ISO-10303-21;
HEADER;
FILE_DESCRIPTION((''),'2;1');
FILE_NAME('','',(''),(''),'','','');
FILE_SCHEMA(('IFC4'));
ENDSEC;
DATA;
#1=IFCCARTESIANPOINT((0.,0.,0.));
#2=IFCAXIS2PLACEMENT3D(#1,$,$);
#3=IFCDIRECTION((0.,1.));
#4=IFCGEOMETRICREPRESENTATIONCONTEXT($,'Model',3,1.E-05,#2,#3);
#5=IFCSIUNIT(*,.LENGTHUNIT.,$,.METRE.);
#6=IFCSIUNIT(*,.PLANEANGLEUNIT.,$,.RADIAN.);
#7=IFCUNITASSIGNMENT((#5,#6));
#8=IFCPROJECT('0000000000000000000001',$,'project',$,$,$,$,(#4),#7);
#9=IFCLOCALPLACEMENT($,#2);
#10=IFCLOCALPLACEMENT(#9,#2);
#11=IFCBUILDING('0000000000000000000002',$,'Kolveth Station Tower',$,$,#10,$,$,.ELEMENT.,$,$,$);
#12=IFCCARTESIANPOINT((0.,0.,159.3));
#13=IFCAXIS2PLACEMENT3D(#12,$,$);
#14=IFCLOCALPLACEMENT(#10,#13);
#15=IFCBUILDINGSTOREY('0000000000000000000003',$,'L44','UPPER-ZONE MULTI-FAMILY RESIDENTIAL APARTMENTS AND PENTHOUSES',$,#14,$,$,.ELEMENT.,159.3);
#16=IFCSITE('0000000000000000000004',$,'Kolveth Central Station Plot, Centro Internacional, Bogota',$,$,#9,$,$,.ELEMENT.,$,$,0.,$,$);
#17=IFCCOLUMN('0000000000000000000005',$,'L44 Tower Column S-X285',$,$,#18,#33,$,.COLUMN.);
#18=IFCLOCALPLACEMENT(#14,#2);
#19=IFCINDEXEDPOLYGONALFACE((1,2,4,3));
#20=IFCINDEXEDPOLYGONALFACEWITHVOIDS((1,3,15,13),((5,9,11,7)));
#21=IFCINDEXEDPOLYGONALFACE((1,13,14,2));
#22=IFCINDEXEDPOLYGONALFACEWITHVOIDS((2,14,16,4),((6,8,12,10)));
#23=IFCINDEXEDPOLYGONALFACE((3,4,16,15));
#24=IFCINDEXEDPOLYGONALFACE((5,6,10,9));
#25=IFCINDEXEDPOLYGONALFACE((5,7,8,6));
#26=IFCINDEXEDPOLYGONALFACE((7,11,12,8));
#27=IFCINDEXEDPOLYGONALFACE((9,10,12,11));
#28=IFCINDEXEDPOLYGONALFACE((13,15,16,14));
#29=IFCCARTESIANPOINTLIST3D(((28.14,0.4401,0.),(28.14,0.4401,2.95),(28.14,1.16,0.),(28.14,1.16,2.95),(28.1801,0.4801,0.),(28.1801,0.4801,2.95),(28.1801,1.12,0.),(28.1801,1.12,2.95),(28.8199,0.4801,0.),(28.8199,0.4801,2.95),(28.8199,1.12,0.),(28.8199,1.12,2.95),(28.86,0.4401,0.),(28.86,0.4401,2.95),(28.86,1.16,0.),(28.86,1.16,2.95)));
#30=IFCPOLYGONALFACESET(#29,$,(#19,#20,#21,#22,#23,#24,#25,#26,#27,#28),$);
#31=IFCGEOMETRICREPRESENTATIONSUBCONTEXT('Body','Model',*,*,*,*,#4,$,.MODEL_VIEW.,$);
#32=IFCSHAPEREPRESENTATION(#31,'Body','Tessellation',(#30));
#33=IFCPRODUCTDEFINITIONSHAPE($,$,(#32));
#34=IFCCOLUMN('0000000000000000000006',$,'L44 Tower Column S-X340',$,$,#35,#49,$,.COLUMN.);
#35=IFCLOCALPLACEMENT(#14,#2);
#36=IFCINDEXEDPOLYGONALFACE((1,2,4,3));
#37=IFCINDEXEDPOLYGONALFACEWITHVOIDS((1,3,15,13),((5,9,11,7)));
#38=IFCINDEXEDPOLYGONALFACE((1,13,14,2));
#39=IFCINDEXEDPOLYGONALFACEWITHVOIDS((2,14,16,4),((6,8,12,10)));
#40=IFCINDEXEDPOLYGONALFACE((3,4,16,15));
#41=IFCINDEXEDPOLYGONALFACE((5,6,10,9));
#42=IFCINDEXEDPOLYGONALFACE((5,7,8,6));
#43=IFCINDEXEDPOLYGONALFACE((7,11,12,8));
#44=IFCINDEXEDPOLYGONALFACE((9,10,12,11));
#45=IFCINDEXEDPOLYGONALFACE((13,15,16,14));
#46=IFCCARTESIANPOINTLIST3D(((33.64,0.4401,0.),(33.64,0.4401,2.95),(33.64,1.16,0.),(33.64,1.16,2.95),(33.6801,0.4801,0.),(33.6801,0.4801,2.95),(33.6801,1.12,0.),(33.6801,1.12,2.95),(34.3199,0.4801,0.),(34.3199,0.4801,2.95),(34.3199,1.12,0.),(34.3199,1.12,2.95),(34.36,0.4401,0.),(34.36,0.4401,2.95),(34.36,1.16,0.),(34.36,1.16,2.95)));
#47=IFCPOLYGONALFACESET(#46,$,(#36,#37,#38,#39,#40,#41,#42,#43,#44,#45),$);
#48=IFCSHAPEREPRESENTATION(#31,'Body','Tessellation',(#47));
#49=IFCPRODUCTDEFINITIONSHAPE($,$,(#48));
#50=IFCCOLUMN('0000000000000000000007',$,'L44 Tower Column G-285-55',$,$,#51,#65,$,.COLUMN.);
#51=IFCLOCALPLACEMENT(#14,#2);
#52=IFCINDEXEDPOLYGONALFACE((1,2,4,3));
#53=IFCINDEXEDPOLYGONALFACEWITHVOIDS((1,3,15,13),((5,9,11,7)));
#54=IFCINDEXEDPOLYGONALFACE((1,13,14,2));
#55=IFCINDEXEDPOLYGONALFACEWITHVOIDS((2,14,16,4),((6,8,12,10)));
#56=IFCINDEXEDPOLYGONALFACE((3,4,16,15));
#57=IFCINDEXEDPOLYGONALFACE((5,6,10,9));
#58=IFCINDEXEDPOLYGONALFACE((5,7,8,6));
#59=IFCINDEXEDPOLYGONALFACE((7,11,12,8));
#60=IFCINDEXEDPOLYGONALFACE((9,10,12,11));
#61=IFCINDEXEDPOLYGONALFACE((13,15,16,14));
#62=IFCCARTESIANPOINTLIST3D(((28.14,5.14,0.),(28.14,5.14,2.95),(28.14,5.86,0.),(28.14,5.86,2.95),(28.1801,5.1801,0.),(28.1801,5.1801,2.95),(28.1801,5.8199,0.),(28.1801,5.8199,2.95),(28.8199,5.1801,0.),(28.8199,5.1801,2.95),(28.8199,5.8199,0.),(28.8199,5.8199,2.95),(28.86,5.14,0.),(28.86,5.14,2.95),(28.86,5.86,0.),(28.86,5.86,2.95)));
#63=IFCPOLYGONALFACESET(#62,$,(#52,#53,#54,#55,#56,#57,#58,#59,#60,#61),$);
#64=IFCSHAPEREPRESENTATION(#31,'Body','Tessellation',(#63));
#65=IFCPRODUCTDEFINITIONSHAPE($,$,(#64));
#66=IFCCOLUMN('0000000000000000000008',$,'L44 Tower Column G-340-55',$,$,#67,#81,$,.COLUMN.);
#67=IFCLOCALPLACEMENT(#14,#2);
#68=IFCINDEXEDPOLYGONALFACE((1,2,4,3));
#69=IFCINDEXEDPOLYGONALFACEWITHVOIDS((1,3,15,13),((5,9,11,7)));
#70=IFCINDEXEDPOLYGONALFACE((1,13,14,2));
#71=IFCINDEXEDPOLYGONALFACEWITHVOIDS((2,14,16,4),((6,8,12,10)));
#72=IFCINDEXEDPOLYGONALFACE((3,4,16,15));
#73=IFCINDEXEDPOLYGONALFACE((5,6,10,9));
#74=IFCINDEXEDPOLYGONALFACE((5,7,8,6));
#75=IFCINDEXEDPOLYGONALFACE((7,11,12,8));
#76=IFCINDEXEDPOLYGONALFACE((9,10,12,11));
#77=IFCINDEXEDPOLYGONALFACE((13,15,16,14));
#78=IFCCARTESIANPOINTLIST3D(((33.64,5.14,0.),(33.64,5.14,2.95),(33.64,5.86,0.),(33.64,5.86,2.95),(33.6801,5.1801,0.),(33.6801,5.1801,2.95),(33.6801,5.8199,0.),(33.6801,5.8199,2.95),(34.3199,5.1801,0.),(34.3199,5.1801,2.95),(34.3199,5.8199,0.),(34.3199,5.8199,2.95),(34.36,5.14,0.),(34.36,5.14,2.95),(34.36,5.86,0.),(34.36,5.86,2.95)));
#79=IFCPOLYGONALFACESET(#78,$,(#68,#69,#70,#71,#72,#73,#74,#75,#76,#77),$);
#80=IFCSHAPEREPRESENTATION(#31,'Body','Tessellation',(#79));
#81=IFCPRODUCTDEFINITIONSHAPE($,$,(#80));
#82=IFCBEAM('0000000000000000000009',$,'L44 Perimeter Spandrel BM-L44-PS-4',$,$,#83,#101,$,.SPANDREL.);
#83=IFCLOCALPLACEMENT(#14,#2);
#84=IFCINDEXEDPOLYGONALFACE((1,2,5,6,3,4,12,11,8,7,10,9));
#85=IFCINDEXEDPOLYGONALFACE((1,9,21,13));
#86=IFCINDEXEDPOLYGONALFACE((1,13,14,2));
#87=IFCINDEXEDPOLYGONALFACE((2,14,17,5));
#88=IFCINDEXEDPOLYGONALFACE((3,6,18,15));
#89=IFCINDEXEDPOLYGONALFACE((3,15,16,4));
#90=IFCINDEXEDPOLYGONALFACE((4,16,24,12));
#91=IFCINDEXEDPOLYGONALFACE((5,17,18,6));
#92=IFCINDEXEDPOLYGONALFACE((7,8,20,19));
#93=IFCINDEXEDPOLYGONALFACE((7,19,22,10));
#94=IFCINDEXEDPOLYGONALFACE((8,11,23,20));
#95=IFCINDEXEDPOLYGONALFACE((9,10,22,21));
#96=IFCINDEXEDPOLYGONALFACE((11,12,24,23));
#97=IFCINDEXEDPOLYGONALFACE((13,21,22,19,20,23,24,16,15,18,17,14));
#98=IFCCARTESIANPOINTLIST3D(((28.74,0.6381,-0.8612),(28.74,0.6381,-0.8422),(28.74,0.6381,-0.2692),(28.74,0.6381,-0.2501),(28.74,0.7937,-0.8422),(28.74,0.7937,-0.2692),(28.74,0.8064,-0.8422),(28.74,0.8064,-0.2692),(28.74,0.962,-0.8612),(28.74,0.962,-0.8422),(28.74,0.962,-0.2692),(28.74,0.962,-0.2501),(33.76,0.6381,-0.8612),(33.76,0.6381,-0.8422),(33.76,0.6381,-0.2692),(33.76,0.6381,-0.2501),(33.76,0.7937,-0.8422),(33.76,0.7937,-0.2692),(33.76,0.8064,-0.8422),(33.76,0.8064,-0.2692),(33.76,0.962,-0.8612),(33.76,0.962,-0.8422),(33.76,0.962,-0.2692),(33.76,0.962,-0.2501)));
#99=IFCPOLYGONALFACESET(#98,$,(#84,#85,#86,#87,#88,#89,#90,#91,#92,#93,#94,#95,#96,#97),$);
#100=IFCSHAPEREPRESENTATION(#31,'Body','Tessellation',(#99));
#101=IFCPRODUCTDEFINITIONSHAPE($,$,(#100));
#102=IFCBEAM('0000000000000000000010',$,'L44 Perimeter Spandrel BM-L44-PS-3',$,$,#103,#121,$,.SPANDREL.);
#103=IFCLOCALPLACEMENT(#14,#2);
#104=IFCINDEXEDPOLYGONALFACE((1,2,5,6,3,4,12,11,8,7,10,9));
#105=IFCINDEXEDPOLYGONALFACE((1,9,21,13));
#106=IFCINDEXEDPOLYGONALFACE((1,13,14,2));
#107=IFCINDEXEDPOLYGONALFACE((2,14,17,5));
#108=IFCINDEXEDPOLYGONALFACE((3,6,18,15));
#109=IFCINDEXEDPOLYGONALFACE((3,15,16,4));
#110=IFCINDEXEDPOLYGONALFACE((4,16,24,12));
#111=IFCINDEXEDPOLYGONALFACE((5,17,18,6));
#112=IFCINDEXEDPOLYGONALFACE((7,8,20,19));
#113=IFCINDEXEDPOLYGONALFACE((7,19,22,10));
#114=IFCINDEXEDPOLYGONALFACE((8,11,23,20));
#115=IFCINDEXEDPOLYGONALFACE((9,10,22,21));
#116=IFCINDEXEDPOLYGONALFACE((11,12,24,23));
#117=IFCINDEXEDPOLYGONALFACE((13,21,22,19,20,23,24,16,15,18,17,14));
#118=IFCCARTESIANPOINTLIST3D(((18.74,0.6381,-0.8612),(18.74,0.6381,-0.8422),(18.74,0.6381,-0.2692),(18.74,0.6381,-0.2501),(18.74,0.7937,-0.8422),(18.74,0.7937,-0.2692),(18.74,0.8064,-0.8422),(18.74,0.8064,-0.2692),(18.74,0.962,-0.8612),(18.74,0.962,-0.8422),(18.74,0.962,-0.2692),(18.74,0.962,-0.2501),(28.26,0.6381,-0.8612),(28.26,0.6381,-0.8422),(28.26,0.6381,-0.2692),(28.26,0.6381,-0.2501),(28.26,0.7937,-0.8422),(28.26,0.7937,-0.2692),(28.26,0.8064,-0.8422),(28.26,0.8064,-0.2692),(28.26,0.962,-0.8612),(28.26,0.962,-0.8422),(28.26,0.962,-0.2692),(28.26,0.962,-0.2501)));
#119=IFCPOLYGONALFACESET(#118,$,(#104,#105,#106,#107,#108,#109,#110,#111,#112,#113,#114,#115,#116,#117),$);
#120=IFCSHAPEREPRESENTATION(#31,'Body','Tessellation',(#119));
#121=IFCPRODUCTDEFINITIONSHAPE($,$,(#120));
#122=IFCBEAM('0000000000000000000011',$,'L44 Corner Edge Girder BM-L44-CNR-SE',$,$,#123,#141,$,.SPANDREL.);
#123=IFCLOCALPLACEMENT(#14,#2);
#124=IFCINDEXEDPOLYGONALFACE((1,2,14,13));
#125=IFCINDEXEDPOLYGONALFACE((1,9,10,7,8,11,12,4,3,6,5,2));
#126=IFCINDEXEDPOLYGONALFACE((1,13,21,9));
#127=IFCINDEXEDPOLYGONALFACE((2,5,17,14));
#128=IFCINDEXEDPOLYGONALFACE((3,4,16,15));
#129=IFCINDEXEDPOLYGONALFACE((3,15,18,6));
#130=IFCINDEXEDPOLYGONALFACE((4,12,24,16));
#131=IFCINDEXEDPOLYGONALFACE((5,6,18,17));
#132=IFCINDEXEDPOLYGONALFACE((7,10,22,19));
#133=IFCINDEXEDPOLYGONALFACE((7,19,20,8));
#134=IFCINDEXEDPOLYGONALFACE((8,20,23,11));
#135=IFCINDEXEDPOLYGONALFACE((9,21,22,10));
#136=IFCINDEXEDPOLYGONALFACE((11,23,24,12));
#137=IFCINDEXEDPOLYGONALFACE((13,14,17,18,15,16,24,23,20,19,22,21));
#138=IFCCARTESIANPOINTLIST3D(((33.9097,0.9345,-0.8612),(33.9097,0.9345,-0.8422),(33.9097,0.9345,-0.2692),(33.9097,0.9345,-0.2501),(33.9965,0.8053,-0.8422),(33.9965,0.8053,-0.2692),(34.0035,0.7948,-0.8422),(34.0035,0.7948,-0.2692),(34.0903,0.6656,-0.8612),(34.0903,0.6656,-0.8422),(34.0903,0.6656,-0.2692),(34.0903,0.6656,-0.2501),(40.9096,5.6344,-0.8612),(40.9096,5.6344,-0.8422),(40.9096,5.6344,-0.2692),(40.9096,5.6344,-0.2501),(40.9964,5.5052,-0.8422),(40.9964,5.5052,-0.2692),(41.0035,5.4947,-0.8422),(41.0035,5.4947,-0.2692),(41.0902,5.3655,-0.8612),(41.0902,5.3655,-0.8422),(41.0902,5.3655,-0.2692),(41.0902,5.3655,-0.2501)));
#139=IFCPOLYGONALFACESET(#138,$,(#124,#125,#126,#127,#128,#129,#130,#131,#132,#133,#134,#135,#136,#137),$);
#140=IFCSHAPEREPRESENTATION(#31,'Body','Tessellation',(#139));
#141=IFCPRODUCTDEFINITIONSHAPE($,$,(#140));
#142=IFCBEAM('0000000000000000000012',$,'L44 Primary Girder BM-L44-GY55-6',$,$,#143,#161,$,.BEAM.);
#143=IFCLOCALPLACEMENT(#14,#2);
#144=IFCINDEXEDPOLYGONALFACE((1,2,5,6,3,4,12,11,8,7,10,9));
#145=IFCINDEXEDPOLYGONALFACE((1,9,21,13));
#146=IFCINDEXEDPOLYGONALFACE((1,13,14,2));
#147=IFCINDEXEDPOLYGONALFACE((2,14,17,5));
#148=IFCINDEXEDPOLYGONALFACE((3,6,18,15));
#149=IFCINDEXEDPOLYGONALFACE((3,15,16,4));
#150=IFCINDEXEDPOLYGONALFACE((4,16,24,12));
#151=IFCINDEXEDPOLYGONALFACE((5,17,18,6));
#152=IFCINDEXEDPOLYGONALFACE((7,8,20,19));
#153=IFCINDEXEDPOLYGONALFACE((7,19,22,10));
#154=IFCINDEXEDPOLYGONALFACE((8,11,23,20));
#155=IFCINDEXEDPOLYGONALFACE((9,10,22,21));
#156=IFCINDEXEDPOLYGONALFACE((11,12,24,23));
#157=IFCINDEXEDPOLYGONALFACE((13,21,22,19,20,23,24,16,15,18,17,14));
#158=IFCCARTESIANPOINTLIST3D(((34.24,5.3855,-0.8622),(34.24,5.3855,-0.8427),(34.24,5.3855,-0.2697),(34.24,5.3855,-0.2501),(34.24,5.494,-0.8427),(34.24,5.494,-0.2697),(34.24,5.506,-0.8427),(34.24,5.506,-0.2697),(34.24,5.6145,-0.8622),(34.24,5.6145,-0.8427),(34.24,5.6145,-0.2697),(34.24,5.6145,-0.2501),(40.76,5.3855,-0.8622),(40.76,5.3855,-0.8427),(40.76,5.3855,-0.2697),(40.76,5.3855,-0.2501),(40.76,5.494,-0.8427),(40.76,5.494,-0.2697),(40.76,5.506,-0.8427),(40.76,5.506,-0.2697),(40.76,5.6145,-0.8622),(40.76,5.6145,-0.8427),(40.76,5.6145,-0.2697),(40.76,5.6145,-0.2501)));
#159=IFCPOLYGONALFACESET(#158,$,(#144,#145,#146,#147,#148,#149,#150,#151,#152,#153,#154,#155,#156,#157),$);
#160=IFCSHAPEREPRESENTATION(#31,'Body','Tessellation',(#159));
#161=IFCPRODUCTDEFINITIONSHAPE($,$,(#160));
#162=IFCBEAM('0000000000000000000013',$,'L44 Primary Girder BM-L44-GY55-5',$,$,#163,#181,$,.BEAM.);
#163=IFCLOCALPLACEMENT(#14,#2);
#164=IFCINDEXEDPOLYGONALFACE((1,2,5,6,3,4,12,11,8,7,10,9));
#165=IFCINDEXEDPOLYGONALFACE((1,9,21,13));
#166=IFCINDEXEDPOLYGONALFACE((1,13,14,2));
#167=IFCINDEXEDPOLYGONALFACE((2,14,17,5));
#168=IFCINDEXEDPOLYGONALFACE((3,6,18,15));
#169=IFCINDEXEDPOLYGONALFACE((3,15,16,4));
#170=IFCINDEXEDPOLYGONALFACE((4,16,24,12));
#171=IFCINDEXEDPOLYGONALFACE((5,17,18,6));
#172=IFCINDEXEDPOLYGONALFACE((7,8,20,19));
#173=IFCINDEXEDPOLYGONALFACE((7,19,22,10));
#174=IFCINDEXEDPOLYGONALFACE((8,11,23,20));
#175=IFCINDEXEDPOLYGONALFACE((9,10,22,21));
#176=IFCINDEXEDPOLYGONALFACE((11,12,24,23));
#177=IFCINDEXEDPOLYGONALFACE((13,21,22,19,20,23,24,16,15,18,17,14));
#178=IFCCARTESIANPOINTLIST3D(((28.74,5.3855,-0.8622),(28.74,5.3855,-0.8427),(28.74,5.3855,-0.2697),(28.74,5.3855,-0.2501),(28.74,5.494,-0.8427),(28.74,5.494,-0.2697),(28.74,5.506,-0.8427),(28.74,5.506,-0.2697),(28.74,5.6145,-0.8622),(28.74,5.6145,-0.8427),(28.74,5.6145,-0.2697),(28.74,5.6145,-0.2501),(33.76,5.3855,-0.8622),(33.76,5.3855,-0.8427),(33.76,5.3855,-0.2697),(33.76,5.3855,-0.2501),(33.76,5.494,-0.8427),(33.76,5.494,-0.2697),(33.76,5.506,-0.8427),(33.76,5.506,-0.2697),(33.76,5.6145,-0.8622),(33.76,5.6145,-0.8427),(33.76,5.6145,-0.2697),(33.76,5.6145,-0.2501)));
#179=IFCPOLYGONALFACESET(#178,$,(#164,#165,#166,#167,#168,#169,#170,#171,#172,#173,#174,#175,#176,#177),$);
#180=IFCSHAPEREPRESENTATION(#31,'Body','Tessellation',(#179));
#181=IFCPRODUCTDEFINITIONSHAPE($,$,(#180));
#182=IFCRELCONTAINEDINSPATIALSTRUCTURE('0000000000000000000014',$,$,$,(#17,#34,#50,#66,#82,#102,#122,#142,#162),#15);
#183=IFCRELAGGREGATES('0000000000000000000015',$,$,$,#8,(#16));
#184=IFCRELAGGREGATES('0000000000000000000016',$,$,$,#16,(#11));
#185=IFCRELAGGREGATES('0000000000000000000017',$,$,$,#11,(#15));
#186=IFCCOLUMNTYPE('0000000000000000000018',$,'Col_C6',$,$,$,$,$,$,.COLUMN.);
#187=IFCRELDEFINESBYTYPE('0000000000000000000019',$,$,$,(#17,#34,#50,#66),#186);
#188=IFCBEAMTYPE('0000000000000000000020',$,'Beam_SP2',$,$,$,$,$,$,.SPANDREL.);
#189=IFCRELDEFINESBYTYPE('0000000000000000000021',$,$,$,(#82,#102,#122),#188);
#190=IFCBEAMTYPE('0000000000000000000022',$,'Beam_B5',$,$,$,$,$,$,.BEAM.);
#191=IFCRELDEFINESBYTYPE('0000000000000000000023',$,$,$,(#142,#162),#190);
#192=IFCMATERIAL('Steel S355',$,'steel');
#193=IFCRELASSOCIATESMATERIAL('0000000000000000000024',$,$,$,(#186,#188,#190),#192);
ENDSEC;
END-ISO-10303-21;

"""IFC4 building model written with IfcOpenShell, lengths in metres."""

from ifc_helpers import new_model, si_unit, direction, frame, origin, origin_2d, place, context, subcontext, project, spatial, hollow_rectangle, i_section, extrude, source, transform, mapped, material, material_profile, profile_set, type_object, element, save


model = new_model("IFC4")

# Units and contexts
model_context = context("Model", 3, precision=1e-05, world=origin(), true_north=direction((0.0, 1.0)))
body_context = subcontext(model_context, "Body", "Model", "MODEL_VIEW")
ifc_project = project(units=[si_unit("LENGTHUNIT", "METRE"), si_unit("PLANEANGLEUNIT", "RADIAN")], contexts=[model_context])

# Site, building, storey
site_placement = place(None, origin())
site = spatial("IfcSite", under=ifc_project, at=site_placement, Name="Kolveth Central Station Plot, Centro Internacional, Bogota", CompositionType="ELEMENT", RefElevation=0.0)
building_placement = place(site_placement, origin())
building = spatial("IfcBuilding", under=site, at=building_placement, Name="Kolveth Station Tower", CompositionType="ELEMENT")
storey_placement = place(building_placement, frame((0.0, 0.0, 159.3)))
storey = spatial("IfcBuildingStorey", under=building, at=storey_placement, Name="L44", Description="UPPER-ZONE MULTI-FAMILY RESIDENTIAL APARTMENTS AND PENTHOUSES", CompositionType="ELEMENT", Elevation=159.3)

# Columns
ifc_material_1 = material(Name="Steel S355", Category="steel")
ifc_material_profile_1 = material_profile(ifc_material_1, hollow_rectangle(XDim=0.72, YDim=0.72, WallThickness=0.04, at=origin_2d()), Name="BOX720x720x40")
ifc_profile_set_1 = profile_set([ifc_material_profile_1], Name="Steel S355")
column_type = type_object("IfcColumnType", Name="Col_C6", PredefinedType="COLUMN", material=ifc_profile_set_1)
shared_shape_1 = source(origin(), body_context, "Body", "SweptSolid", [
    extrude(hollow_rectangle(XDim=0.72, YDim=0.72, WallThickness=0.04, at=origin_2d()), origin(), (0.0, 0.0, 1.0), 2.95),
])
for number, where, z_axis, x_axis, name in (
    (1, (28.5, 0.8, 0.0), (0.0, 0.0, 1.0), (1.0, 0.0, 0.0), "L44 Tower Column S-X285"),
    (2, (34.0, 0.8, 0.0), (0.0, 0.0, 1.0), (1.0, 0.0, 0.0), "L44 Tower Column S-X340"),
    (3, (28.5, 5.5, 0.0), (0.0, 0.0, 1.0), (1.0, 0.0, 0.0), "L44 Tower Column G-285-55"),
    (4, (34.0, 5.5, 0.0), (0.0, 0.0, 1.0), (1.0, 0.0, 0.0), "L44 Tower Column G-340-55"),
):
    element("IfcColumn", number, at=place(storey_placement, frame(where, z_axis=z_axis, x_axis=x_axis)), inside=storey, type_object=column_type, Name=name, PredefinedType="COLUMN", context=body_context, shape_type="MappedRepresentation", body=[
        mapped(shared_shape_1, transform((0.0, 0.0, 0.0), x_axis=(1.0, 0.0, 0.0), y_axis=(0.0, 1.0, 0.0), z_axis=(0.0, 0.0, 1.0), scale=1.0)),
    ])

# Beams
ifc_material_profile_2 = material_profile(ifc_material_1, i_section(OverallWidth=0.324, OverallDepth=0.6111, WebThickness=0.0127, FlangeThickness=0.019, at=origin_2d()), Name="W610x155")
ifc_profile_set_2 = profile_set([ifc_material_profile_2], Name="Steel S355")
beam_type_1 = type_object("IfcBeamType", Name="Beam_SP2", PredefinedType="SPANDREL", material=ifc_profile_set_2)
shared_shape_2 = source(origin(), body_context, "Body", "SweptSolid", [
    extrude(i_section(OverallWidth=0.324, OverallDepth=0.6111, WebThickness=0.0127, FlangeThickness=0.019, at=origin_2d()), origin(), (0.0, 0.0, 1.0), 5.02),
])
beam_1_placement = place(storey_placement, frame((28.74, 0.8, -0.5557), z_axis=(1.0, 0.0, 0.0), x_axis=(0.0, 1.0, 0.0)))
element("IfcBeam", 5, at=beam_1_placement, inside=storey, type_object=beam_type_1, Name="L44 Perimeter Spandrel BM-L44-PS-4", PredefinedType="SPANDREL", context=body_context, shape_type="MappedRepresentation", body=[
    mapped(shared_shape_2, transform((0.0, 0.0, 0.0), x_axis=(1.0, 0.0, 0.0), y_axis=(0.0, 1.0, 0.0), z_axis=(0.0, 0.0, 1.0), scale=1.0)),
])
shared_shape_3 = source(origin(), body_context, "Body", "SweptSolid", [
    extrude(i_section(OverallWidth=0.324, OverallDepth=0.6111, WebThickness=0.0127, FlangeThickness=0.019, at=origin_2d()), origin(), (0.0, 0.0, 1.0), 9.52),
])
beam_2_placement = place(storey_placement, frame((18.74, 0.8, -0.5557), z_axis=(1.0, 0.0, 0.0), x_axis=(0.0, 1.0, 0.0)))
element("IfcBeam", 6, at=beam_2_placement, inside=storey, type_object=beam_type_1, Name="L44 Perimeter Spandrel BM-L44-PS-3", PredefinedType="SPANDREL", context=body_context, shape_type="MappedRepresentation", body=[
    mapped(shared_shape_3, transform((0.0, 0.0, 0.0), x_axis=(1.0, 0.0, 0.0), y_axis=(0.0, 1.0, 0.0), z_axis=(0.0, 0.0, 1.0), scale=1.0)),
])
shared_shape_4 = source(origin(), body_context, "Body", "SweptSolid", [
    extrude(i_section(OverallWidth=0.324, OverallDepth=0.6111, WebThickness=0.0127, FlangeThickness=0.019, at=origin_2d()), origin(), (0.0, 0.0, 1.0), 8.4314),
])
beam_3_placement = place(storey_placement, frame((34.0, 0.8, -0.5557), z_axis=(0.830224, 0.55743, 0.0), x_axis=(-0.55743, 0.830224, 0.0)))
element("IfcBeam", 7, at=beam_3_placement, inside=storey, type_object=beam_type_1, Name="L44 Corner Edge Girder BM-L44-CNR-SE", PredefinedType="SPANDREL", context=body_context, shape_type="MappedRepresentation", body=[
    mapped(shared_shape_4, transform((0.0, 0.0, 0.0), x_axis=(1.0, 0.0, 0.0), y_axis=(0.0, 1.0, 0.0), z_axis=(0.0, 0.0, 1.0), scale=1.0)),
])
ifc_material_profile_3 = material_profile(ifc_material_1, i_section(OverallWidth=0.229, OverallDepth=0.6121, WebThickness=0.012, FlangeThickness=0.0195, at=origin_2d()), Name="W610x125")
ifc_profile_set_3 = profile_set([ifc_material_profile_3], Name="Steel S355")
beam_type_2 = type_object("IfcBeamType", Name="Beam_B5", PredefinedType="BEAM", material=ifc_profile_set_3)
shared_shape_5 = source(origin(), body_context, "Body", "SweptSolid", [
    extrude(i_section(OverallWidth=0.229, OverallDepth=0.6121, WebThickness=0.012, FlangeThickness=0.0195, at=origin_2d()), origin(), (0.0, 0.0, 1.0), 6.52),
])
beam_4_placement = place(storey_placement, frame((34.24, 5.5, -0.5562), z_axis=(1.0, 0.0, 0.0), x_axis=(0.0, 1.0, 0.0)))
element("IfcBeam", 8, at=beam_4_placement, inside=storey, type_object=beam_type_2, Name="L44 Primary Girder BM-L44-GY55-6", PredefinedType="BEAM", context=body_context, shape_type="MappedRepresentation", body=[
    mapped(shared_shape_5, transform((0.0, 0.0, 0.0), x_axis=(1.0, 0.0, 0.0), y_axis=(0.0, 1.0, 0.0), z_axis=(0.0, 0.0, 1.0), scale=1.0)),
])
shared_shape_6 = source(origin(), body_context, "Body", "SweptSolid", [
    extrude(i_section(OverallWidth=0.229, OverallDepth=0.6121, WebThickness=0.012, FlangeThickness=0.0195, at=origin_2d()), origin(), (0.0, 0.0, 1.0), 5.02),
])
beam_5_placement = place(storey_placement, frame((28.74, 5.5, -0.5562), z_axis=(1.0, 0.0, 0.0), x_axis=(0.0, 1.0, 0.0)))
element("IfcBeam", 9, at=beam_5_placement, inside=storey, type_object=beam_type_2, Name="L44 Primary Girder BM-L44-GY55-5", PredefinedType="BEAM", context=body_context, shape_type="MappedRepresentation", body=[
    mapped(shared_shape_6, transform((0.0, 0.0, 0.0), x_axis=(1.0, 0.0, 0.0), y_axis=(0.0, 1.0, 0.0), z_axis=(0.0, 0.0, 1.0), scale=1.0)),
])

save(model, "model.ifc")
